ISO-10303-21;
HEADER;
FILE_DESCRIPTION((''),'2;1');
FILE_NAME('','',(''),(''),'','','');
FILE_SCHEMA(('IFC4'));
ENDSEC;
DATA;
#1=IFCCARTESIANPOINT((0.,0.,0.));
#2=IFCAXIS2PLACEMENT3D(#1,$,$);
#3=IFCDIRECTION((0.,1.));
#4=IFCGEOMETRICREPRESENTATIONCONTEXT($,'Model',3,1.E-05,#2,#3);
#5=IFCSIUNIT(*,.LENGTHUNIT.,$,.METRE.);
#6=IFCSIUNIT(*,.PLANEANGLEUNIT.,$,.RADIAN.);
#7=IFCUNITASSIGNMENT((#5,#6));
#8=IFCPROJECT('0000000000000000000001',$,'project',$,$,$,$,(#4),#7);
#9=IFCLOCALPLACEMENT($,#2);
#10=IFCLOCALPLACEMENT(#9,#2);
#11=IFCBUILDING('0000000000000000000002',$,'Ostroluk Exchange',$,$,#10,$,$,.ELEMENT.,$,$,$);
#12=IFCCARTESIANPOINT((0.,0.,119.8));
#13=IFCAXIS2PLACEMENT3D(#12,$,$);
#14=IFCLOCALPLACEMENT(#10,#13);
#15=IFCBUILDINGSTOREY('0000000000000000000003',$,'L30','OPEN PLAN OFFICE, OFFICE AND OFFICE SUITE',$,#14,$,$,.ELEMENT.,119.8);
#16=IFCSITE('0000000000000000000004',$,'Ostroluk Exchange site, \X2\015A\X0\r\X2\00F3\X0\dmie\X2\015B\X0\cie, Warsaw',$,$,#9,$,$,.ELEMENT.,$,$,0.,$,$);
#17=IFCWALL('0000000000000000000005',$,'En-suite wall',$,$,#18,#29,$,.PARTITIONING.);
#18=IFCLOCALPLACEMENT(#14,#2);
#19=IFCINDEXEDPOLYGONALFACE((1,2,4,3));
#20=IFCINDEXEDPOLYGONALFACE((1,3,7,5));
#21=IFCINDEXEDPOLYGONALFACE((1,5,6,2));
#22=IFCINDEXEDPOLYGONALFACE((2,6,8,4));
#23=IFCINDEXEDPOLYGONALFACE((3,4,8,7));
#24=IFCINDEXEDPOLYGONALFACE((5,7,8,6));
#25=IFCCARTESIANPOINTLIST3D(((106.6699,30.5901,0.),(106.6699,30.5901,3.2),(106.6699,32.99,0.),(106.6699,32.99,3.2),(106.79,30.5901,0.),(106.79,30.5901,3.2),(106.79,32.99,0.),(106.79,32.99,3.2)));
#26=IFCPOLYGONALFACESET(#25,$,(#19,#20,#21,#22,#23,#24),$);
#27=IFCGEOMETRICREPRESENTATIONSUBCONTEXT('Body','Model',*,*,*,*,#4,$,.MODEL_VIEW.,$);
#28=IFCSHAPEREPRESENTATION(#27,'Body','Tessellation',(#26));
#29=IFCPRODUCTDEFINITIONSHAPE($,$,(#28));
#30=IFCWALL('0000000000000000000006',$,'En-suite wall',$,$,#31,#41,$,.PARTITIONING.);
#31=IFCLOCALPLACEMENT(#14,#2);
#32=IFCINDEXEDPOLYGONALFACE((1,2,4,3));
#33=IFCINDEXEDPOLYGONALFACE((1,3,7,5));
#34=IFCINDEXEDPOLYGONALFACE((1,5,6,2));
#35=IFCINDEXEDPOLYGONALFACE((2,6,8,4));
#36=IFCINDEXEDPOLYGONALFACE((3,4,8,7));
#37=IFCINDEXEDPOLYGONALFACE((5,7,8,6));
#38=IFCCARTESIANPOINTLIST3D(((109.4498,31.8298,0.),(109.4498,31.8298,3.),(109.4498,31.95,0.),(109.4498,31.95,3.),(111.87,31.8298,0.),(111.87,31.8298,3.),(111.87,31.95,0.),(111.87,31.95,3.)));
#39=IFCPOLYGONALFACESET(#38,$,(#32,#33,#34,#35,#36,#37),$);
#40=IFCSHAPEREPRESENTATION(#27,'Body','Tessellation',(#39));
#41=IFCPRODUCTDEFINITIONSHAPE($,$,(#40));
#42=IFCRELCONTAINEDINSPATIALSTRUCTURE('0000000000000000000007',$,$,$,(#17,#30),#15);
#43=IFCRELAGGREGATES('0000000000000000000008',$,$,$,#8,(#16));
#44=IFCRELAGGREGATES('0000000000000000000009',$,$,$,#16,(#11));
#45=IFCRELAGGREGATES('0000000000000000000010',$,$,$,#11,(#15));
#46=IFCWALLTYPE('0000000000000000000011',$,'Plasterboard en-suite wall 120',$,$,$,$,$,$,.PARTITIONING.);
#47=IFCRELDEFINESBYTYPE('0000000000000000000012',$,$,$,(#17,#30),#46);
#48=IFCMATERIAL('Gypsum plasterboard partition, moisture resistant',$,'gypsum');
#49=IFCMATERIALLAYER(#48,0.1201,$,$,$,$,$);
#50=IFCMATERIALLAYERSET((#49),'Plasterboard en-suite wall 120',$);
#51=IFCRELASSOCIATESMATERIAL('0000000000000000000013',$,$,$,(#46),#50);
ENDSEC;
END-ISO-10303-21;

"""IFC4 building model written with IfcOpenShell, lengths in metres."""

from ifc_helpers import new_model, si_unit, direction, frame, frame_2d, origin, place, context, subcontext, project, spatial, rectangle, extrude, material, layer, layer_set, type_object, element, save


model = new_model("IFC4")

# Units and contexts
model_context = context("Model", 3, precision=1e-05, world=origin(), true_north=direction((0.0, 1.0)))
body_context = subcontext(model_context, "Body", "Model", "MODEL_VIEW")
ifc_project = project(units=[si_unit("LENGTHUNIT", "METRE"), si_unit("PLANEANGLEUNIT", "RADIAN")], contexts=[model_context])

# Site, building, storey
site_placement = place(None, origin())
site = spatial("IfcSite", under=ifc_project, at=site_placement, Name="Ostroluk Exchange site, Śródmieście, Warsaw", CompositionType="ELEMENT", RefElevation=0.0)
building_placement = place(site_placement, origin())
building = spatial("IfcBuilding", under=site, at=building_placement, Name="Ostroluk Exchange", CompositionType="ELEMENT")
storey_placement = place(building_placement, frame((0.0, 0.0, 119.8)))
storey = spatial("IfcBuildingStorey", under=building, at=storey_placement, Name="L30", Description="OPEN PLAN OFFICE, OFFICE AND OFFICE SUITE", CompositionType="ELEMENT", Elevation=119.8)

# Walls
ifc_material_1 = material(Name="Gypsum plasterboard partition, moisture resistant", Category="gypsum")
ifc_layer_1 = layer(ifc_material_1, 0.1201)
ifc_layer_set_1 = layer_set([ifc_layer_1], Name="Plasterboard en-suite wall 120")
wall_type_1 = type_object("IfcWallType", Name="Plasterboard en-suite wall 120", PredefinedType="PARTITIONING", material=ifc_layer_set_1)
wall_1_placement = place(storey_placement, frame((106.73, 32.99, 0.0), z_axis=(0.0, 0.0, 1.0), x_axis=(0.0, -1.0, 0.0)))
element("IfcWall", 1, at=wall_1_placement, inside=storey, type_object=wall_type_1, Name="En-suite wall", PredefinedType="PARTITIONING", context=body_context, shape_type="SweptSolid", body=[
    extrude(rectangle(XDim=2.3999, YDim=0.1201, at=frame_2d((1.2, 0.0))), origin(), (0.0, 0.0, 1.0), 3.2),
])
wall_2_placement = place(storey_placement, frame((109.45, 31.8899, 0.0), z_axis=(0.0, 0.0, 1.0), x_axis=(1.0, 0.0, 0.0)))
element("IfcWall", 2, at=wall_2_placement, inside=storey, type_object=wall_type_1, Name="En-suite wall", PredefinedType="PARTITIONING", context=body_context, shape_type="SweptSolid", body=[
    extrude(rectangle(XDim=2.4202, YDim=0.1201, at=frame_2d((1.21, 0.0))), origin(), (0.0, 0.0, 1.0), 3.0),
])

save(model, "model.ifc")
